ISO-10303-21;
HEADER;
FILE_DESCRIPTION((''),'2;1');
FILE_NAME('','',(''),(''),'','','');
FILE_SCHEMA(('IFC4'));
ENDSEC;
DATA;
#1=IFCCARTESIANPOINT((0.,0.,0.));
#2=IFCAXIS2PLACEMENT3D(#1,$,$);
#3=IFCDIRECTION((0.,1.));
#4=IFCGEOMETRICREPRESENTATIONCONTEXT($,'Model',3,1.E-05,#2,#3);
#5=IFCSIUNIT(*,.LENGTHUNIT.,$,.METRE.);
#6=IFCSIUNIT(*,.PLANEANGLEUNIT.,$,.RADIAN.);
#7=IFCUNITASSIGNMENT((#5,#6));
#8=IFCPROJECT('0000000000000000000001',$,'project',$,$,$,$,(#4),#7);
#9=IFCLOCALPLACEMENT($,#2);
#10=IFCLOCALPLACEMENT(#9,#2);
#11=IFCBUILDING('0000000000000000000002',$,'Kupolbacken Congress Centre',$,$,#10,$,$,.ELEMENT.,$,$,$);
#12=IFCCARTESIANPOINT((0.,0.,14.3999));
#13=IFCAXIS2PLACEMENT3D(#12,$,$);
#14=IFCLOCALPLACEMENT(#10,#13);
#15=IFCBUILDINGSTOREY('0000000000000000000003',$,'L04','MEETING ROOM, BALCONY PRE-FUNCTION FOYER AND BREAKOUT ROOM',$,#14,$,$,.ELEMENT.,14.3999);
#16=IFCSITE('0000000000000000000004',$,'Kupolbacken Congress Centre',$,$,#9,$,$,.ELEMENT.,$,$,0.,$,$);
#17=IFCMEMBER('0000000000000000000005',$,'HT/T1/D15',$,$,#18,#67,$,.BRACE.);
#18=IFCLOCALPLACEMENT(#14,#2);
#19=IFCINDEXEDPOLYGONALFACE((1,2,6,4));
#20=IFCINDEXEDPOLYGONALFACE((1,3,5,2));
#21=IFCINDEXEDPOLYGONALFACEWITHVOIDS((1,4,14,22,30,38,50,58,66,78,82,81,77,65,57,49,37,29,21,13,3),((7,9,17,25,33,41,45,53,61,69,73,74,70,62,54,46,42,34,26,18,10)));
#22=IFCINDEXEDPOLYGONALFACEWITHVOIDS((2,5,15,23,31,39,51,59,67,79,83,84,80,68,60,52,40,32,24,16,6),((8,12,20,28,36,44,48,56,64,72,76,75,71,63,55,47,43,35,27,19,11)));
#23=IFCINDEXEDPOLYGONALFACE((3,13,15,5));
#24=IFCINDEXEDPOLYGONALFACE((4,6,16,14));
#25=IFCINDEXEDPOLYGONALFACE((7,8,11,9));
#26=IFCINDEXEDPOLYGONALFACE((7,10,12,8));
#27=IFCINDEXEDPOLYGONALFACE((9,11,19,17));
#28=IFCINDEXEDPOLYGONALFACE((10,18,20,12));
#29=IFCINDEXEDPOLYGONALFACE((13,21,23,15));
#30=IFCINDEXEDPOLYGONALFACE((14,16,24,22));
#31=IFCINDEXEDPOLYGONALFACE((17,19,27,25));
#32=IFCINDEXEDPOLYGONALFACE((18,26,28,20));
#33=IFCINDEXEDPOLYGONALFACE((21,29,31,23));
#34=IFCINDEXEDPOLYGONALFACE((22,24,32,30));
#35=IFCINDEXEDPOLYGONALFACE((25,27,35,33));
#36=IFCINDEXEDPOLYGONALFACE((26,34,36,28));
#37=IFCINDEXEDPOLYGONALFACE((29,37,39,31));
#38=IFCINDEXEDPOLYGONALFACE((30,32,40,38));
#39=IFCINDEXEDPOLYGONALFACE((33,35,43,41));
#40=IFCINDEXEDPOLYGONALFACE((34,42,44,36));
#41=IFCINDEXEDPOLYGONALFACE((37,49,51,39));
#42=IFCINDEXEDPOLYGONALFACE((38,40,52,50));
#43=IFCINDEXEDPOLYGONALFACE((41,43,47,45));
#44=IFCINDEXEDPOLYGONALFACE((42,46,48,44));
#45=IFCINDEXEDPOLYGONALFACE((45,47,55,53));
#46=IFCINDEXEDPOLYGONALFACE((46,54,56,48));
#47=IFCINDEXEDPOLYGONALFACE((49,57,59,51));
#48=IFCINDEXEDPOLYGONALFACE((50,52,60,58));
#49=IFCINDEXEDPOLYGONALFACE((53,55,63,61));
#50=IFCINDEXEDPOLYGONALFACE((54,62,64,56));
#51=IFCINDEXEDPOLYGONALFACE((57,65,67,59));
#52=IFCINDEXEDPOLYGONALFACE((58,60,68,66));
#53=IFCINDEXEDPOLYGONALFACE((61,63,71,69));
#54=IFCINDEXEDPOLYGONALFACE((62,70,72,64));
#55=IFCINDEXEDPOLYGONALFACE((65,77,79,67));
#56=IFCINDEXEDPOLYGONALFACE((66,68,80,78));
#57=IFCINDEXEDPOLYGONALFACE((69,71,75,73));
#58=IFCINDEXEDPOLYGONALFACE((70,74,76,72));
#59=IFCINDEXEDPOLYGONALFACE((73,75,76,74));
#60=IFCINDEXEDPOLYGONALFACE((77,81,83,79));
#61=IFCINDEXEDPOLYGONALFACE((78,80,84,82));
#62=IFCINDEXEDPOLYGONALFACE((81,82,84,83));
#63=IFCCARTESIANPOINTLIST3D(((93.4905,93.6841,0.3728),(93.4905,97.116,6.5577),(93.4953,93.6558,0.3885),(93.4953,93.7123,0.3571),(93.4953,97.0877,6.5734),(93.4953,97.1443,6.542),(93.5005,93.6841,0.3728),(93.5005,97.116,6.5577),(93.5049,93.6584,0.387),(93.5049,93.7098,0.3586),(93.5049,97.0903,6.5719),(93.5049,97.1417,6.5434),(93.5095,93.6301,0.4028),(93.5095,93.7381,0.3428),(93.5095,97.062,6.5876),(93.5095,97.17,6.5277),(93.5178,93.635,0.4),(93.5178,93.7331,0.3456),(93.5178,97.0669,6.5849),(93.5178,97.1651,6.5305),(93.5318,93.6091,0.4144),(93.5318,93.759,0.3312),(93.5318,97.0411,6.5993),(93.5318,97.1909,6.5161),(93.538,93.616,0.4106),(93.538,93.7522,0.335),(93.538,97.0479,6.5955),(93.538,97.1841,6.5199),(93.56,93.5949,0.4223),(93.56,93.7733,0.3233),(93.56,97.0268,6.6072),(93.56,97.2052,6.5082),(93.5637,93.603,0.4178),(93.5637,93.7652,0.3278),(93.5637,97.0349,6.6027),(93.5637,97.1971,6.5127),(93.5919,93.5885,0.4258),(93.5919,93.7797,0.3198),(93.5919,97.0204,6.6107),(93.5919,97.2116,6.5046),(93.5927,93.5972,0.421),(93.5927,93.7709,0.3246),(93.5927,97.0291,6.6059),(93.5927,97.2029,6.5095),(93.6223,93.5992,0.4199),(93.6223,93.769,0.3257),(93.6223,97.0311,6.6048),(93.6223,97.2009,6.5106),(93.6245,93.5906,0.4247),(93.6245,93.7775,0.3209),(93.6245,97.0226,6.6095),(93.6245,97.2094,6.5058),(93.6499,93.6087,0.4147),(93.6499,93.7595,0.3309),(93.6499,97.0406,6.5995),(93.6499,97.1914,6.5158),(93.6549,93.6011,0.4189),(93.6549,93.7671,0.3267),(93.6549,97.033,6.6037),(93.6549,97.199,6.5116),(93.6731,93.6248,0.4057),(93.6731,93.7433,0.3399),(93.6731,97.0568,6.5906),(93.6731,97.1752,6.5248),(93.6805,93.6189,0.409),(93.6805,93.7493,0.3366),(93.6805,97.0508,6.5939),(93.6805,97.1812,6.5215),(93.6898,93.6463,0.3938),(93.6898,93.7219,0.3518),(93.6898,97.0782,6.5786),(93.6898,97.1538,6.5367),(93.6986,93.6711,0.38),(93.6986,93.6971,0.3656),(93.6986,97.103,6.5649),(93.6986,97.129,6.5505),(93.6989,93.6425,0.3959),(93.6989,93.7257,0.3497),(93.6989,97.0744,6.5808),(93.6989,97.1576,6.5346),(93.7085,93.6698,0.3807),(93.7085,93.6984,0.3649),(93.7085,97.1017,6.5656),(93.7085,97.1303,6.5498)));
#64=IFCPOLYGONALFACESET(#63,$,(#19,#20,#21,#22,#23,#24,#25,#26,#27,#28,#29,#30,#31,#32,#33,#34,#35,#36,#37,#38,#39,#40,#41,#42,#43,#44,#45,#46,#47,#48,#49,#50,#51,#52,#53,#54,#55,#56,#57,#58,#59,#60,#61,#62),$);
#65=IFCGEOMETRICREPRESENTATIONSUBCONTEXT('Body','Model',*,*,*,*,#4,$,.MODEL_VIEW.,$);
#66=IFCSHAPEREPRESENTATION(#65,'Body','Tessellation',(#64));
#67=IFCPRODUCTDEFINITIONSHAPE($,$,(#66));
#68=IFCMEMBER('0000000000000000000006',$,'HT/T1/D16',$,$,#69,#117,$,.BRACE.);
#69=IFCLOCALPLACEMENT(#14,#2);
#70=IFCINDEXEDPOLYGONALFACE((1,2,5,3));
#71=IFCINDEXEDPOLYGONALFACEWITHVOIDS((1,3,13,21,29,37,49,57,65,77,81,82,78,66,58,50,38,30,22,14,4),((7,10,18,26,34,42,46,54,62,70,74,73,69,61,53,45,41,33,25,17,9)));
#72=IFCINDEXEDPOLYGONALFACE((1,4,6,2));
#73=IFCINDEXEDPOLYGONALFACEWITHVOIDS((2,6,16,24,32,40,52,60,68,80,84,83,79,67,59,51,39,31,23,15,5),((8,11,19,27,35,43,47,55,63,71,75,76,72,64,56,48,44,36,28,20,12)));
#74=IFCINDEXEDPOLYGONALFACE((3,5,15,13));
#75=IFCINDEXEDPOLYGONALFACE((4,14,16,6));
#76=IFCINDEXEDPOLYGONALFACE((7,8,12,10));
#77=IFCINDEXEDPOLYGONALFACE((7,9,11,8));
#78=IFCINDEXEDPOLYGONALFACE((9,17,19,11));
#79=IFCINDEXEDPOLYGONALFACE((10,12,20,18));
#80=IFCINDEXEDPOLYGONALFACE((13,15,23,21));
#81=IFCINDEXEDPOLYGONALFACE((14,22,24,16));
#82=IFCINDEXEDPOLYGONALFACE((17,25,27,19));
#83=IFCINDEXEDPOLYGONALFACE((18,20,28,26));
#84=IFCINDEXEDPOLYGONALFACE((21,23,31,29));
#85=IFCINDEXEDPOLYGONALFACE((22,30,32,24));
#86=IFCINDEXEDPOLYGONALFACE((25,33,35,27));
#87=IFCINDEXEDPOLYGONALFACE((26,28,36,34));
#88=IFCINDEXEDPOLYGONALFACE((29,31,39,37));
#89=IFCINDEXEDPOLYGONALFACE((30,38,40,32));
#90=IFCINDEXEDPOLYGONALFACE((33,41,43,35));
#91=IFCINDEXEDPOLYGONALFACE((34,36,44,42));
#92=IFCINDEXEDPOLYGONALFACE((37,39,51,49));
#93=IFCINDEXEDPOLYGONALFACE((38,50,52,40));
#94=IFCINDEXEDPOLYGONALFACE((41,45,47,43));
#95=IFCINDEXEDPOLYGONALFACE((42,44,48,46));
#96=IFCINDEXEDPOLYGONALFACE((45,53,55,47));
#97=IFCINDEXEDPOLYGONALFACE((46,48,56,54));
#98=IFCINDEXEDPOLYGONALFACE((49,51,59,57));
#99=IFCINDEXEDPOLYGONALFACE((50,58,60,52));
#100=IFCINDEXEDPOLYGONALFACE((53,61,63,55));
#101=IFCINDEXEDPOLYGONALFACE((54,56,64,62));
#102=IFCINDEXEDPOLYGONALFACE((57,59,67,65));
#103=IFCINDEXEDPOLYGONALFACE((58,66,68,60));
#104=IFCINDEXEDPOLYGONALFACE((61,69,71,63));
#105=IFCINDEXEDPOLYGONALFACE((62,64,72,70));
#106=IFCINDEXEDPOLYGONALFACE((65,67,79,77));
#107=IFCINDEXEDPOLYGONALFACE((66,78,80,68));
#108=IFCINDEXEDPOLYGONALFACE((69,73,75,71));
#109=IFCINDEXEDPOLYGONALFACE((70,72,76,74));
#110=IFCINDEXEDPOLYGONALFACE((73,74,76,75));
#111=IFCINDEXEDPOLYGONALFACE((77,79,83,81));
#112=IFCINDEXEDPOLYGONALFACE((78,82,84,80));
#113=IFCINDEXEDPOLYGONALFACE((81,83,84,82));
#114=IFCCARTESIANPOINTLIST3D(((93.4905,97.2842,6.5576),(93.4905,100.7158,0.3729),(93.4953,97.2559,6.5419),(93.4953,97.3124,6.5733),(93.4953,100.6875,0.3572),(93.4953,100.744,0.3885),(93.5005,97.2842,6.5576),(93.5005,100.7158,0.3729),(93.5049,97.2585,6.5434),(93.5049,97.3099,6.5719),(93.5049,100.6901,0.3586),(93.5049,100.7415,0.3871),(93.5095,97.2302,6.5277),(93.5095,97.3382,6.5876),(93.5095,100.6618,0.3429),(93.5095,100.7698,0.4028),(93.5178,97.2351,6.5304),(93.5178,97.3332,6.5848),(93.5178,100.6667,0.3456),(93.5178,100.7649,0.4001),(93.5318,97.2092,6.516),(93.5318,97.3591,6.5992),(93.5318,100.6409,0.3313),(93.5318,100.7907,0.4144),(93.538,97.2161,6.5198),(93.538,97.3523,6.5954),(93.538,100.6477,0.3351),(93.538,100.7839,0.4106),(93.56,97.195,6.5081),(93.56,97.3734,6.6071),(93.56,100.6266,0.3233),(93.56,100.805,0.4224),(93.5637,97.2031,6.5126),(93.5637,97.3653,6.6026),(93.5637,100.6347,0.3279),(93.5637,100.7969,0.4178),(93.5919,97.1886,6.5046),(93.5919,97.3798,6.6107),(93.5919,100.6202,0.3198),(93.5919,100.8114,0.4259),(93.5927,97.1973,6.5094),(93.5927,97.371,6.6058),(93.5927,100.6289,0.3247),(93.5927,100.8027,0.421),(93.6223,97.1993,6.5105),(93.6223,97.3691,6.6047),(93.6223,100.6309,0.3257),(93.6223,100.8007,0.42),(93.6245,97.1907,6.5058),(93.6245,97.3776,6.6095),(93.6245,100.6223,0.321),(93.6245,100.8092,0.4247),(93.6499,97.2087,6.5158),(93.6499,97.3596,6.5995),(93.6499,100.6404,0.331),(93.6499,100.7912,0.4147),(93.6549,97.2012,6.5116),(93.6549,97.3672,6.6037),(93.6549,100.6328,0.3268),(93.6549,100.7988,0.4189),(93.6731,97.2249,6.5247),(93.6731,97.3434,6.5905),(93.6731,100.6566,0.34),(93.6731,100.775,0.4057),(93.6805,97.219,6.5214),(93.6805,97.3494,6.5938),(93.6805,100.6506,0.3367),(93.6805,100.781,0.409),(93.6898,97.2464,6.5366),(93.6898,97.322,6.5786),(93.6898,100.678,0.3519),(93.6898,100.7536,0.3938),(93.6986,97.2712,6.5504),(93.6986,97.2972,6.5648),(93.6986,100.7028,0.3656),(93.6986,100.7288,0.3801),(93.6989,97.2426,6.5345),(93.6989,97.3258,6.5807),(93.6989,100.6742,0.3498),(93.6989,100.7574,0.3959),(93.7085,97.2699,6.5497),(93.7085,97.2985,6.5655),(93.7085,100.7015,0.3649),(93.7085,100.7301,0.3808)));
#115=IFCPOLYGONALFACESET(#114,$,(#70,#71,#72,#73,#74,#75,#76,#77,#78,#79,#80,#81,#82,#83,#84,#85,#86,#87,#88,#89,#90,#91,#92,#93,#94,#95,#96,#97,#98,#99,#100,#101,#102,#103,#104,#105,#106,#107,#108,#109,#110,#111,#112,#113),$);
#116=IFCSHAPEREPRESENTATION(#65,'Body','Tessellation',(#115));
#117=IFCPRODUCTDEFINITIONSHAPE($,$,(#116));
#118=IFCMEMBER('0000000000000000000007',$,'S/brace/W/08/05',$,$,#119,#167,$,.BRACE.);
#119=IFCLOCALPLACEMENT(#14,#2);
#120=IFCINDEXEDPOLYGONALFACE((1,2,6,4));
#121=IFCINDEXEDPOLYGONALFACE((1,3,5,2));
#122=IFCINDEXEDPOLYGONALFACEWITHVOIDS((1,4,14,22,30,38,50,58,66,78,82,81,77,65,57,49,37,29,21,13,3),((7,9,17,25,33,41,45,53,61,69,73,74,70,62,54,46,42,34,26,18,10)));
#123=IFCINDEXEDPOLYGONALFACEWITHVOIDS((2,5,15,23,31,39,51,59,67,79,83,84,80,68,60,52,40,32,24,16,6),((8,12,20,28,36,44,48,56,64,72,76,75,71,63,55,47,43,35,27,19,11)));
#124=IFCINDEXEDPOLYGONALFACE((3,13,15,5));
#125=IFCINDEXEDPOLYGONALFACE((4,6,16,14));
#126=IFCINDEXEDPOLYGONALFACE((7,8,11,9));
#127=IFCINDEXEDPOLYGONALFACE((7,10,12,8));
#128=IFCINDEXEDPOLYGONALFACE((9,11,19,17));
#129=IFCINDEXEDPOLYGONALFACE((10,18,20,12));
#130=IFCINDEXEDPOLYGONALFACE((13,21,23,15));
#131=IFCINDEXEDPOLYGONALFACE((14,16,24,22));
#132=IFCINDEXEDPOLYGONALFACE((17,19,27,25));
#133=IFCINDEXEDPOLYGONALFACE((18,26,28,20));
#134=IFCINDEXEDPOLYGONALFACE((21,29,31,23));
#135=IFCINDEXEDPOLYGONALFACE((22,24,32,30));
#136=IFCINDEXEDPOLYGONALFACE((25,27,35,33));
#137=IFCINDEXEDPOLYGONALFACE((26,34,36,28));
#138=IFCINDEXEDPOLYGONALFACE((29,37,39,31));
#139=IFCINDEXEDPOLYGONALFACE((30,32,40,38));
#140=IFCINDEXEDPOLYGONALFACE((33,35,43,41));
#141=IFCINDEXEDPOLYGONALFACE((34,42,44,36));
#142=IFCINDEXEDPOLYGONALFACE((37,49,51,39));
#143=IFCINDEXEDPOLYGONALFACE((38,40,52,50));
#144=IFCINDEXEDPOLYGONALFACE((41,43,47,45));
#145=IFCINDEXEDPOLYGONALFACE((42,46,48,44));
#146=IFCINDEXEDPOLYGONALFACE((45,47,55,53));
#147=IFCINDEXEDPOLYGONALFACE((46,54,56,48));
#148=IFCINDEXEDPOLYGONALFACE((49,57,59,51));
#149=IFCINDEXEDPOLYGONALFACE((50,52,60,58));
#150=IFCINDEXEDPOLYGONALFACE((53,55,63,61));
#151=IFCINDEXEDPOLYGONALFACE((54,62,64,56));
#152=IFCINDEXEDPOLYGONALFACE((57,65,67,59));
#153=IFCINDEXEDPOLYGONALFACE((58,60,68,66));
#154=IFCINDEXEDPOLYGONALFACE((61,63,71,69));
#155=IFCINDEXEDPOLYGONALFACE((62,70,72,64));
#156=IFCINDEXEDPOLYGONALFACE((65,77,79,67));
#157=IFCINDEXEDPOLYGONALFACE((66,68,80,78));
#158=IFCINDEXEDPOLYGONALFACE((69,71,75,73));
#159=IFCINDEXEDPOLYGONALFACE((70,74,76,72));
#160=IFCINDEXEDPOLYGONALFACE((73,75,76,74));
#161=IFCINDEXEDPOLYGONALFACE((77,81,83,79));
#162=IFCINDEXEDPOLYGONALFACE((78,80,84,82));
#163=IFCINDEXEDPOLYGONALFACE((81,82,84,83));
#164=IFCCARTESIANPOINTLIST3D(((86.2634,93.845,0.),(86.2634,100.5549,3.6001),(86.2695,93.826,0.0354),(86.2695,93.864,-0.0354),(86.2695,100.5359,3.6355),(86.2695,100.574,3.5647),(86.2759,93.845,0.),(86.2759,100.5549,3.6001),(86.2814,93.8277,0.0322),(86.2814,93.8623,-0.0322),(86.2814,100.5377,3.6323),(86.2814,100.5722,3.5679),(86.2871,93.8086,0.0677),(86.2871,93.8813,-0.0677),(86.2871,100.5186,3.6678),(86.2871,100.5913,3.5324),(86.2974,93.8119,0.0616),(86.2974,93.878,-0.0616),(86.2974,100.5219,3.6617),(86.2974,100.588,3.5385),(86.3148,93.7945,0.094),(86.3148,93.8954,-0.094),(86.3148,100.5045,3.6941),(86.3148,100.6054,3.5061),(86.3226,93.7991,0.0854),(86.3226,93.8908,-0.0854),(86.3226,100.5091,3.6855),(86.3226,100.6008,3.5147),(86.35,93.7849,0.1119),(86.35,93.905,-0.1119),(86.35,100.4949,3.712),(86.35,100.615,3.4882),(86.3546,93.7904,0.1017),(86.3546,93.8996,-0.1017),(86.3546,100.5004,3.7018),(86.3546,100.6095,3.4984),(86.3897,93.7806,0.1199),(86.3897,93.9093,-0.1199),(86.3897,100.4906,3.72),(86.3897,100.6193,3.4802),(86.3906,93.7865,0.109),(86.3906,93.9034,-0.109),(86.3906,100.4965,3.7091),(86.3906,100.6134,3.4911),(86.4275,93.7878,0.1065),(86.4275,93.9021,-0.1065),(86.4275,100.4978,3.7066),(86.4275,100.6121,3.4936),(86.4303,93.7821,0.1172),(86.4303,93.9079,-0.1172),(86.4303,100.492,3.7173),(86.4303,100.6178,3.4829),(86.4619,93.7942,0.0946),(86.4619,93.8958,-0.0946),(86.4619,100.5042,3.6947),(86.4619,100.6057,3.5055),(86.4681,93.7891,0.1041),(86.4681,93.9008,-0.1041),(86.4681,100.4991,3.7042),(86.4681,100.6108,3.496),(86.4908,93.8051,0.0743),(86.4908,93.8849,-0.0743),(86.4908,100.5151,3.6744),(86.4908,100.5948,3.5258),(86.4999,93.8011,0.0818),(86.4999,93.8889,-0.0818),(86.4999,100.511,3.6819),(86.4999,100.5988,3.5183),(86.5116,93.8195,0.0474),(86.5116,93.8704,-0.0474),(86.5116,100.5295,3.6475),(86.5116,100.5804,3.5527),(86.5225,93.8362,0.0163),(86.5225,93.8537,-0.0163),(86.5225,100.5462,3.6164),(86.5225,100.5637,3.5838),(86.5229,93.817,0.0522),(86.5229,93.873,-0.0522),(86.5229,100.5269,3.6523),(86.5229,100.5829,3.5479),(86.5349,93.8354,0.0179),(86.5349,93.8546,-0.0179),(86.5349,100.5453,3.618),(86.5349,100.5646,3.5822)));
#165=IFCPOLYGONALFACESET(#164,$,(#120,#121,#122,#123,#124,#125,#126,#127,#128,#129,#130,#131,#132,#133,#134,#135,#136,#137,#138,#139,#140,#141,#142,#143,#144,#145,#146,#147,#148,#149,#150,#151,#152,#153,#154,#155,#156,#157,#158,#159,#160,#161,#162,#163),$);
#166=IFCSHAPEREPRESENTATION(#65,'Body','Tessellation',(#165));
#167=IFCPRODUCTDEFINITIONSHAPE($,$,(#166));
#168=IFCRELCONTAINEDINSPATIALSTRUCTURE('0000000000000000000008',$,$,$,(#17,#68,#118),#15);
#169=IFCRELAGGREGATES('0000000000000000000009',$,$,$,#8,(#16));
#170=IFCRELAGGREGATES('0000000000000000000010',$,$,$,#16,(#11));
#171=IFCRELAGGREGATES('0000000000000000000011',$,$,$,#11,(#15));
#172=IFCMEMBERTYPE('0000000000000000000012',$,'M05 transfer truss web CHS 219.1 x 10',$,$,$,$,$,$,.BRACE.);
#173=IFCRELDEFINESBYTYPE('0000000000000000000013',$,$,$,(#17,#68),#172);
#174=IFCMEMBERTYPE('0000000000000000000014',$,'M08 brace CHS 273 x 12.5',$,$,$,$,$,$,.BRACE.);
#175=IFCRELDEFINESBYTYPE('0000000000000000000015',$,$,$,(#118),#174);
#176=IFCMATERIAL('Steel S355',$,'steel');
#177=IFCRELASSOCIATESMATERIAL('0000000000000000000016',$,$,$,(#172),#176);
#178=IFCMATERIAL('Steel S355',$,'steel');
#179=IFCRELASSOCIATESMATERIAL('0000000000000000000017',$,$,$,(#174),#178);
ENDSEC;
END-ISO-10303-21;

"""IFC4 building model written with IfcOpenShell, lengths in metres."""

from ifc_helpers import new_model, si_unit, direction, frame, origin, origin_2d, place, context, subcontext, project, spatial, hollow_circle, extrude, material, material_profile, profile_set, type_object, element, save


model = new_model("IFC4")

# Units and contexts
model_context = context("Model", 3, precision=1e-05, world=origin(), true_north=direction((0.0, 1.0)))
body_context = subcontext(model_context, "Body", "Model", "MODEL_VIEW")
ifc_project = project(units=[si_unit("LENGTHUNIT", "METRE"), si_unit("PLANEANGLEUNIT", "RADIAN")], contexts=[model_context])

# Site, building, storey
site_placement = place(None, origin())
site = spatial("IfcSite", under=ifc_project, at=site_placement, Name="Kupolbacken Congress Centre", CompositionType="ELEMENT", RefElevation=0.0)
building_placement = place(site_placement, origin())
building = spatial("IfcBuilding", under=site, at=building_placement, Name="Kupolbacken Congress Centre", CompositionType="ELEMENT")
storey_placement = place(building_placement, frame((0.0, 0.0, 14.3999)))
storey = spatial("IfcBuildingStorey", under=building, at=storey_placement, Name="L04", Description="MEETING ROOM, BALCONY PRE-FUNCTION FOYER AND BREAKOUT ROOM", CompositionType="ELEMENT", Elevation=14.3999)

# Members
ifc_material_1 = material(Name="Steel S355", Category="steel")
ifc_material_profile_1 = material_profile(ifc_material_1, hollow_circle(Radius=0.1096, WallThickness=0.01, at=origin_2d()), Name="CHS 219.1 x 10")
ifc_profile_set_1 = profile_set([ifc_material_profile_1], Name="Steel S355")
member_type_1 = type_object("IfcMemberType", Name="M05 transfer truss web CHS 219.1 x 10", PredefinedType="BRACE", material=ifc_profile_set_1)
member_1_placement = place(storey_placement, frame((93.6001, 93.6841, 0.3728), z_axis=(0.0, 0.485197, 0.874405), x_axis=(-1.0, 0.0, 0.0)))
element("IfcMember", 1, at=member_1_placement, inside=storey, type_object=member_type_1, Name="HT/T1/D15", PredefinedType="BRACE", context=body_context, shape_type="SweptSolid", body=[
    extrude(hollow_circle(Radius=0.1096, WallThickness=0.01, at=origin_2d()), origin(), (0.0, 0.0, 1.0), 7.0732),
])
member_2_placement = place(storey_placement, frame((93.6001, 97.2842, 6.5576), z_axis=(0.0, 0.485171, -0.874419), x_axis=(-1.0, 0.0, 0.0)))
element("IfcMember", 2, at=member_2_placement, inside=storey, type_object=member_type_1, Name="HT/T1/D16", PredefinedType="BRACE", context=body_context, shape_type="SweptSolid", body=[
    extrude(hollow_circle(Radius=0.1096, WallThickness=0.01, at=origin_2d()), origin(), (0.0, 0.0, 1.0), 7.073),
])
ifc_material_2 = material(Name="Steel S355", Category="steel")
ifc_material_profile_2 = material_profile(ifc_material_2, hollow_circle(Radius=0.1365, WallThickness=0.0125, at=origin_2d()), Name="CHS 273 x 12.5")
ifc_profile_set_2 = profile_set([ifc_material_profile_2], Name="Steel S355")
member_type_2 = type_object("IfcMemberType", Name="M08 brace CHS 273 x 12.5", PredefinedType="BRACE", material=ifc_profile_set_2)
member_3_placement = place(storey_placement, frame((86.3999, 93.845, 0.0), z_axis=(0.0, 0.88118, 0.47278), x_axis=(-1.0, 0.0, 0.0)))
element("IfcMember", 3, at=member_3_placement, inside=storey, type_object=member_type_2, Name="S/brace/W/08/05", PredefinedType="BRACE", context=body_context, shape_type="SweptSolid", body=[
    extrude(hollow_circle(Radius=0.1365, WallThickness=0.0125, at=origin_2d()), origin(), (0.0, 0.0, 1.0), 7.6147),
])

save(model, "model.ifc")
